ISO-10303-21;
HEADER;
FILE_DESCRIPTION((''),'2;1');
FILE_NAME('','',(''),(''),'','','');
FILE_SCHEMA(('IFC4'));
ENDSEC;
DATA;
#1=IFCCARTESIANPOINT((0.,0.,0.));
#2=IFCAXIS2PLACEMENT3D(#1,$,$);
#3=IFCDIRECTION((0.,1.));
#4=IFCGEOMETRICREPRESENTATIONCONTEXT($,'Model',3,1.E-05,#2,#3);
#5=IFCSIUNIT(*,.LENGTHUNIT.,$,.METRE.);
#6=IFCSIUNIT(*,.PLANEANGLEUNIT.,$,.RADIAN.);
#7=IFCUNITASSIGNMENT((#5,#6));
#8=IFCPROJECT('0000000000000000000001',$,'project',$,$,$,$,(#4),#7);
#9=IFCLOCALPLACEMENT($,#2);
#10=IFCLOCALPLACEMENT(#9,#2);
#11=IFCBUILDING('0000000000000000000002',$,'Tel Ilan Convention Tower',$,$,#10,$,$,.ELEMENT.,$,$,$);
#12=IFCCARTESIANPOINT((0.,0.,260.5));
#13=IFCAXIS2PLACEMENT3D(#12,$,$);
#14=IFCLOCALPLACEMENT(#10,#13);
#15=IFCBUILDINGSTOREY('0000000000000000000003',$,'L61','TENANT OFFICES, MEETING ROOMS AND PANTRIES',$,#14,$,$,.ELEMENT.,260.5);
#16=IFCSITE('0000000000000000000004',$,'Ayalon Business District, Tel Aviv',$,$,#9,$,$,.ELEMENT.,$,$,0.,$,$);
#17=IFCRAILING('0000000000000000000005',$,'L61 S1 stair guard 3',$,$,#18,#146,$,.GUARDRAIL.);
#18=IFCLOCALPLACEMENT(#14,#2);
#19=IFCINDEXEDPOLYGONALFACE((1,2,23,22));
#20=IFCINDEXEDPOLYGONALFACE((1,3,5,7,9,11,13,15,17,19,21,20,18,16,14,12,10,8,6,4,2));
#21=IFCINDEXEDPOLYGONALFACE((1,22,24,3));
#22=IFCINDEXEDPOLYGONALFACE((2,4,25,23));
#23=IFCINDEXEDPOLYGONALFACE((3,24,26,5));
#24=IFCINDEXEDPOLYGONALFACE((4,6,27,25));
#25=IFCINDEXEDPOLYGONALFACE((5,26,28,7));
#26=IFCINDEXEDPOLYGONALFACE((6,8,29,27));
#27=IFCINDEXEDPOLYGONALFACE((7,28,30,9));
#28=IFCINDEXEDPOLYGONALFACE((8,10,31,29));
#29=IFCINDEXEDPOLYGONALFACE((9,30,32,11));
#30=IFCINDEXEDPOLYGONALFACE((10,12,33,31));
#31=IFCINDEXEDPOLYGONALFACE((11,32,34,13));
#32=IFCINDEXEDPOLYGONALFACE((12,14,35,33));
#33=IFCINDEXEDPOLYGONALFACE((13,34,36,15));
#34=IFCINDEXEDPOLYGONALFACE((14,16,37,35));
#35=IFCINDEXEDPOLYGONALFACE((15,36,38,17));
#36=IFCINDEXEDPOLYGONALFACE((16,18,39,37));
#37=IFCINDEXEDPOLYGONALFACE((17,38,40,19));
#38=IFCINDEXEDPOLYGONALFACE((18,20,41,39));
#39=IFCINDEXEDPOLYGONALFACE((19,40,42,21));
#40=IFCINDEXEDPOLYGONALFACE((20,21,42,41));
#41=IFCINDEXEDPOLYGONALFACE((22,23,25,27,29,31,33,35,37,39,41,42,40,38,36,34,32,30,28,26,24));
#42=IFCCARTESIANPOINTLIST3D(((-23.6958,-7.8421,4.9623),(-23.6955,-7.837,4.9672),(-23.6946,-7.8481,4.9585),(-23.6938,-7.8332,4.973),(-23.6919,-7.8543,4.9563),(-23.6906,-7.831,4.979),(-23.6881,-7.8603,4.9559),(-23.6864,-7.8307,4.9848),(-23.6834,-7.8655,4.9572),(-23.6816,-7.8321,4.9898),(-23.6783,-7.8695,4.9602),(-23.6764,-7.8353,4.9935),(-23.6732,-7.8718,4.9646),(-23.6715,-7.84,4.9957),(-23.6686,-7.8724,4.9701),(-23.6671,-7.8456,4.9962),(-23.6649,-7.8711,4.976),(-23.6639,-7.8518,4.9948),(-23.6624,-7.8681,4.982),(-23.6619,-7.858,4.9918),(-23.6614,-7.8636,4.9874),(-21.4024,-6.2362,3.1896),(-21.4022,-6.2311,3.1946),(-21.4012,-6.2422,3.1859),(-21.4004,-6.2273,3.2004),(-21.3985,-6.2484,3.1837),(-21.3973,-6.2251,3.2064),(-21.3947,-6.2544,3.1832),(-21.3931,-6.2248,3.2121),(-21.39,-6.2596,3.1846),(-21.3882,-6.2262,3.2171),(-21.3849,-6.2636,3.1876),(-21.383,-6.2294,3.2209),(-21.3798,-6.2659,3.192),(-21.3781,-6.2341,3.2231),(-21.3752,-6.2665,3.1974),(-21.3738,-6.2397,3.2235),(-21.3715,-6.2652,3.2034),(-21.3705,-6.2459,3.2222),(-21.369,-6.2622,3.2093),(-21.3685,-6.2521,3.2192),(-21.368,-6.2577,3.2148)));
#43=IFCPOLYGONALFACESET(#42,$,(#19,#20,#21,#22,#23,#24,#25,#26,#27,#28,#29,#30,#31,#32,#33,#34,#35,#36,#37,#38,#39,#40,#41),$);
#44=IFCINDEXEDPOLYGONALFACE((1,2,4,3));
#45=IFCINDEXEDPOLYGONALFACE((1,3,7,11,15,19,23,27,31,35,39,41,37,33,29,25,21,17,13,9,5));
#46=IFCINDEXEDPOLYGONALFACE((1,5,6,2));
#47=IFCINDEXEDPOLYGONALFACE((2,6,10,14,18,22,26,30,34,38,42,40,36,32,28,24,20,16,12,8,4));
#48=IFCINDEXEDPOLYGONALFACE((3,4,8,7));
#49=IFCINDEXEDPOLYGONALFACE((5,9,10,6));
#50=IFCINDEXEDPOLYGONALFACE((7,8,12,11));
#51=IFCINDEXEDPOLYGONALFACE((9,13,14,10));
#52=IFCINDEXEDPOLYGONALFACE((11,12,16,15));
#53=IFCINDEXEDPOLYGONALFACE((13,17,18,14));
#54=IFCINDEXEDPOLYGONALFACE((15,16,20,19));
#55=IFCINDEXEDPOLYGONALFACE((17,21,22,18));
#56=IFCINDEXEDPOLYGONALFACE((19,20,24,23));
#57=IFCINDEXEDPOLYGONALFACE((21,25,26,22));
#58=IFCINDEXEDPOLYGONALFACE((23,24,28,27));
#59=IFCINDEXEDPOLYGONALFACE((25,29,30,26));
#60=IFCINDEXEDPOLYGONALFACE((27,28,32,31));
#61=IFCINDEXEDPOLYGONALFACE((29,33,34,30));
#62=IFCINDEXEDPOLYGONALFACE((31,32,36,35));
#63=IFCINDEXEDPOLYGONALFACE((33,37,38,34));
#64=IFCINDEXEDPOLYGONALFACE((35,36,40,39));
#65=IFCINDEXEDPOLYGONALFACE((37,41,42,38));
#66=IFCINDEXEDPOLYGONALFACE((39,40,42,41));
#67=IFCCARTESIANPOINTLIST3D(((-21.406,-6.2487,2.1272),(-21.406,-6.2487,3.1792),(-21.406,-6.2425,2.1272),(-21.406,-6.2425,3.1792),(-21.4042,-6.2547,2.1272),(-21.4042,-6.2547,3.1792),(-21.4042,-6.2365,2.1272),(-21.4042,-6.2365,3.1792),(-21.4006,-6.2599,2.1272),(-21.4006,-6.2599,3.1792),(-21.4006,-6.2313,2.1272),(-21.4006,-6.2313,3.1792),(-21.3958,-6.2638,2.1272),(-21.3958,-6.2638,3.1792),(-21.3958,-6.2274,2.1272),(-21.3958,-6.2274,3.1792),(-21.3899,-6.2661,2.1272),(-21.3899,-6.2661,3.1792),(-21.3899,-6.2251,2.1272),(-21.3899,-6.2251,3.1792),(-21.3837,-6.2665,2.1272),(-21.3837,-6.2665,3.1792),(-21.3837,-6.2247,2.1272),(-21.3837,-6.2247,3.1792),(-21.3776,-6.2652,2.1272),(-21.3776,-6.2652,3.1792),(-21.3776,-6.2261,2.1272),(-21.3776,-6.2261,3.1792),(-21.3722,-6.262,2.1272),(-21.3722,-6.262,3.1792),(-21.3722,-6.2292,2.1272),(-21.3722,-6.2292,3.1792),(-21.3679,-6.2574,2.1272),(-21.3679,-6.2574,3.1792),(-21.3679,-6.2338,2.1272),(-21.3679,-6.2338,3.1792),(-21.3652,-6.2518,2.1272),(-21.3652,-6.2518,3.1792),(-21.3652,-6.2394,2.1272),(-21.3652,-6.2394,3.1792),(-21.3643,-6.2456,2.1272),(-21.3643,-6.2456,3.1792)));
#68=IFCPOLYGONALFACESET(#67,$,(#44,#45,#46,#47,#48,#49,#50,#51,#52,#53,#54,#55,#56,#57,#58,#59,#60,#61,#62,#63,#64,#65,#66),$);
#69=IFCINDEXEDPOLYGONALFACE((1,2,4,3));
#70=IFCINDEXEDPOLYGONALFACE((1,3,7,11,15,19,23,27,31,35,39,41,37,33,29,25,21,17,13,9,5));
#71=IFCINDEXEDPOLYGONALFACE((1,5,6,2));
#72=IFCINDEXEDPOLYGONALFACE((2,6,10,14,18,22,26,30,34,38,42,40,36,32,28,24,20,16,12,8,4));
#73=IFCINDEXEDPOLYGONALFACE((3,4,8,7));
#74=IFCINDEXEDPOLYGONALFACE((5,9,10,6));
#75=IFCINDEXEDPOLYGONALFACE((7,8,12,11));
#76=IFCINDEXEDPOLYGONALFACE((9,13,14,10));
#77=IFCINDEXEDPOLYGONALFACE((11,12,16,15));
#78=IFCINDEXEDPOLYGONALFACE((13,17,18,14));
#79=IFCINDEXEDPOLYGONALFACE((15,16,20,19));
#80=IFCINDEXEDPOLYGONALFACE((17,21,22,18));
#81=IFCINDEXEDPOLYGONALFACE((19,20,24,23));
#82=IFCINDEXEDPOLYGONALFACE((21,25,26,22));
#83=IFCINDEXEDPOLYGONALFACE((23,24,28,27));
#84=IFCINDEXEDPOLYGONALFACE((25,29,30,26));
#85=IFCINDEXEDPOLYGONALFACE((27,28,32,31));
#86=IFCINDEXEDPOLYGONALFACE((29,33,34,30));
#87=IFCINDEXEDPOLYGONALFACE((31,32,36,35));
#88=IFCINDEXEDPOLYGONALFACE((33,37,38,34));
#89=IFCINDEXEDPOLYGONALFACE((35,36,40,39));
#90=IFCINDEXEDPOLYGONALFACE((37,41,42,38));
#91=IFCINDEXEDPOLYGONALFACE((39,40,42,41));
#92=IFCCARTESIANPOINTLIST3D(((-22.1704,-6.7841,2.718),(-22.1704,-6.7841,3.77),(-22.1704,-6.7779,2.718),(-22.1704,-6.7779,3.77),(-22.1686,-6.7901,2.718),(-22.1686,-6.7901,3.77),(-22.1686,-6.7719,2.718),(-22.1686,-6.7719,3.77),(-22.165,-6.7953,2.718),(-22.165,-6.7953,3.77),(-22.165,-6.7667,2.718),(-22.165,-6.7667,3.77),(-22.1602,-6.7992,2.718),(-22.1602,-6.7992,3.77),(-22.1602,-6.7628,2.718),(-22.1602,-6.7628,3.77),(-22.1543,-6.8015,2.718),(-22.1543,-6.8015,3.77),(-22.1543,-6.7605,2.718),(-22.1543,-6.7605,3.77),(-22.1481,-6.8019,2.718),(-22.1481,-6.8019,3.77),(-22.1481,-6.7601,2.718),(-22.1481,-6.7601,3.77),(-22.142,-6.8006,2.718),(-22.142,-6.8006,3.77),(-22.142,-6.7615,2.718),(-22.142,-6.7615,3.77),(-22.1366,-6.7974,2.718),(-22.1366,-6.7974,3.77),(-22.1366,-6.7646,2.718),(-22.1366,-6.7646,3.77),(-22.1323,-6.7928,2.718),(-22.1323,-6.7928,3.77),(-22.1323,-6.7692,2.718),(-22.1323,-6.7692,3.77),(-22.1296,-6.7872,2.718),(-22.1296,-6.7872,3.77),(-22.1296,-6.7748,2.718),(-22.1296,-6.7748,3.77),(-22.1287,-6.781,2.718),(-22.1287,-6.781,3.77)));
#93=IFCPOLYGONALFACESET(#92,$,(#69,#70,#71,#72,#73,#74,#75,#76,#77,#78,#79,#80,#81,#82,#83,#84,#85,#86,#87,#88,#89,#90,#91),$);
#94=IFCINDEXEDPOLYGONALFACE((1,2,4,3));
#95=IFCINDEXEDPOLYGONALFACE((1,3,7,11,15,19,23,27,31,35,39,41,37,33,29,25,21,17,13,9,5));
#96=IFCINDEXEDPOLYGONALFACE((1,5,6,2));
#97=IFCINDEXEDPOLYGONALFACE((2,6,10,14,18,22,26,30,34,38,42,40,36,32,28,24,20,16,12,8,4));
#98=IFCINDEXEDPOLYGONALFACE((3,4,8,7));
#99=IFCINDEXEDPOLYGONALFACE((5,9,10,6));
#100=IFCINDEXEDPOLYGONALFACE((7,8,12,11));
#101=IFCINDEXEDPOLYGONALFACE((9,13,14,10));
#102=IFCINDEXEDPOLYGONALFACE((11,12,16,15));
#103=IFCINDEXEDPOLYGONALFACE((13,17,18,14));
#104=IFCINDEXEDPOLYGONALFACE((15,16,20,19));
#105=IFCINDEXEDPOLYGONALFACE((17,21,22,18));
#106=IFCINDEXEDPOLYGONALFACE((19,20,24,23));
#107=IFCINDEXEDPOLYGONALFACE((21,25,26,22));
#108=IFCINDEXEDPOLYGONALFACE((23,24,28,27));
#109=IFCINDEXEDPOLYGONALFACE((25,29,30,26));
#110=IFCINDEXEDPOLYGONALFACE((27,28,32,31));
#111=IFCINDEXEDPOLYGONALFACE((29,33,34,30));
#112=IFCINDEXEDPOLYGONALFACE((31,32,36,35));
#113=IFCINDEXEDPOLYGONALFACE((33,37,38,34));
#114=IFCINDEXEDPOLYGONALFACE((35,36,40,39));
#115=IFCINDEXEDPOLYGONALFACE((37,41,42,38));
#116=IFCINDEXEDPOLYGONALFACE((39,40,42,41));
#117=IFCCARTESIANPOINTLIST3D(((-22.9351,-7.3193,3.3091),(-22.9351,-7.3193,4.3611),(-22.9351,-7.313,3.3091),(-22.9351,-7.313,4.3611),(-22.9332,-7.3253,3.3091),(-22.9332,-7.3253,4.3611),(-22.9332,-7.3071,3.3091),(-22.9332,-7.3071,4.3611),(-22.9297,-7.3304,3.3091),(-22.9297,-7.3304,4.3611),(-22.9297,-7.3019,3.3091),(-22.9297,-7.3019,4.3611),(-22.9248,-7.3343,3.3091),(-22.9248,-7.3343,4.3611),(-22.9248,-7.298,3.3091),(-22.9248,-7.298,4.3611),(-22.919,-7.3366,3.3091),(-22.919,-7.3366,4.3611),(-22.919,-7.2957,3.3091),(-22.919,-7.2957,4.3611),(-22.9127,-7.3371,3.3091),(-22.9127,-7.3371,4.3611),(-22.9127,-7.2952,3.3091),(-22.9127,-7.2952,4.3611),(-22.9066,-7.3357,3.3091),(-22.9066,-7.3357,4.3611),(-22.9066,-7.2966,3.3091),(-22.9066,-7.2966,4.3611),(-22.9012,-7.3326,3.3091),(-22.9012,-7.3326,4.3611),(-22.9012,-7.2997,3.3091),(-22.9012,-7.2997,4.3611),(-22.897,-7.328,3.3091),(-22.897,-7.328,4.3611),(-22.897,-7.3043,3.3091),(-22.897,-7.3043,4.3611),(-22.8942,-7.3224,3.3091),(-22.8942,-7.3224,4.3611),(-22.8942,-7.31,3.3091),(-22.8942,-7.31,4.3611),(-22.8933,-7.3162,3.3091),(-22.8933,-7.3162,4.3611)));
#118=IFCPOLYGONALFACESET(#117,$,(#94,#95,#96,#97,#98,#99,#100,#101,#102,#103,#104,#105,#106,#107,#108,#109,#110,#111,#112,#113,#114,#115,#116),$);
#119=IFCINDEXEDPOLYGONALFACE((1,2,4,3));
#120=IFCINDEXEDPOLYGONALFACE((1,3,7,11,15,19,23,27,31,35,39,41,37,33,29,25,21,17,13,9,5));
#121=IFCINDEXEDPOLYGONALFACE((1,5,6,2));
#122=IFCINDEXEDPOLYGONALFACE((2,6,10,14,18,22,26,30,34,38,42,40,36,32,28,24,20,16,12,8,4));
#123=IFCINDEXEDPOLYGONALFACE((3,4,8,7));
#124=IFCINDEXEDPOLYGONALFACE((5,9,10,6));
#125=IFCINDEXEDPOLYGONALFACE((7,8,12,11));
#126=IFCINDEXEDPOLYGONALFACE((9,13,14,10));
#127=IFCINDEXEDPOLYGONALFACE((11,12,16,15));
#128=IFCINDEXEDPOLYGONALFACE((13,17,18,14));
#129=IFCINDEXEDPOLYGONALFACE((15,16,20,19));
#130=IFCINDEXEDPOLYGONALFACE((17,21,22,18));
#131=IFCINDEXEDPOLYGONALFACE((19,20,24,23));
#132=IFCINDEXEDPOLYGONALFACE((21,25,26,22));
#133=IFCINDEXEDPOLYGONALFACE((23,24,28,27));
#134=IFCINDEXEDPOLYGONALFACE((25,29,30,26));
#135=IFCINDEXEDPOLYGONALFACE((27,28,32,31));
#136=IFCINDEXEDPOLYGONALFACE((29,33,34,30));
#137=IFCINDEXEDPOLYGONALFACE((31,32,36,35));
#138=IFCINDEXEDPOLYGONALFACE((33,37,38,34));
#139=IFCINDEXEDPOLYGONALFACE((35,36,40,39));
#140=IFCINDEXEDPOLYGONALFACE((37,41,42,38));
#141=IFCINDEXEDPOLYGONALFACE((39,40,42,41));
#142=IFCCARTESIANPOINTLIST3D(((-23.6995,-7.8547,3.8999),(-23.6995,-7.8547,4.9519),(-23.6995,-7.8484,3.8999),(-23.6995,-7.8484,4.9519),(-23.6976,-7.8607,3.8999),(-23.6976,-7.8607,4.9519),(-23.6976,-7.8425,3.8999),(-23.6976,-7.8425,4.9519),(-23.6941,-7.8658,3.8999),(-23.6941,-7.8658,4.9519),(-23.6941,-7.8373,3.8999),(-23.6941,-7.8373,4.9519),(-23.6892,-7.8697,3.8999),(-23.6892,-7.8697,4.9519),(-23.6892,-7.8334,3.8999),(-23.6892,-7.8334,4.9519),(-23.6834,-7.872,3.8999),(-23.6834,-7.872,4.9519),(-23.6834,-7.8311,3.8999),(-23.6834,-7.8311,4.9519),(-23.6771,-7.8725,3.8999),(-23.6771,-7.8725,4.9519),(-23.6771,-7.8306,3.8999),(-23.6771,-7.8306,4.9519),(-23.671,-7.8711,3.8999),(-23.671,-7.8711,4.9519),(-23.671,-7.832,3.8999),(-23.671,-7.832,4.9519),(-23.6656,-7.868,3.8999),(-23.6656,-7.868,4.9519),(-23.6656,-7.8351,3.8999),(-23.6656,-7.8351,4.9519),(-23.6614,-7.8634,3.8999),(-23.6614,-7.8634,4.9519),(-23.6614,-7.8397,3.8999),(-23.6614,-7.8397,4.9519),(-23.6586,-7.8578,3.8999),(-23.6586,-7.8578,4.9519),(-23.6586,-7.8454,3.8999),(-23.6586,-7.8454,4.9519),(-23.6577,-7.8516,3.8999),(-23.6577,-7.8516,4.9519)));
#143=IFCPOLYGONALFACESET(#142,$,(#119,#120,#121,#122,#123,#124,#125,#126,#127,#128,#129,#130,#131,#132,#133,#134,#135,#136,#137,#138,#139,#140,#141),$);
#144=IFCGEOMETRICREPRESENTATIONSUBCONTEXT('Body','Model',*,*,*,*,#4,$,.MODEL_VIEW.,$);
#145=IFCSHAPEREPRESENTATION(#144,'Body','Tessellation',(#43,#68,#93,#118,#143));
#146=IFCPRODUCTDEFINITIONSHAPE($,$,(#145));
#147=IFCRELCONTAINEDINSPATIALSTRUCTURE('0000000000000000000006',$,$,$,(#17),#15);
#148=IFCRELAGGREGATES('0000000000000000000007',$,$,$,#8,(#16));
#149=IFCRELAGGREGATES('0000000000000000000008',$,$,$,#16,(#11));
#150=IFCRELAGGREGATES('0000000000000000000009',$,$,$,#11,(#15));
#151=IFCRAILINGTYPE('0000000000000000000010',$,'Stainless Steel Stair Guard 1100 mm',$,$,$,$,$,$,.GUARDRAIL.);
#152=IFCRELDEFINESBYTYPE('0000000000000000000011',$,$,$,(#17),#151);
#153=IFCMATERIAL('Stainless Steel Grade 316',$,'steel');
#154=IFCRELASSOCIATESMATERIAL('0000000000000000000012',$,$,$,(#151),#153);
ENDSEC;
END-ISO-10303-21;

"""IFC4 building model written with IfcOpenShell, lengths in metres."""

from ifc_helpers import new_model, si_unit, direction, frame, origin, origin_2d, place, context, subcontext, project, spatial, circle, extrude, material, type_object, element, save


model = new_model("IFC4")

# Units and contexts
model_context = context("Model", 3, precision=1e-05, world=origin(), true_north=direction((0.0, 1.0)))
body_context = subcontext(model_context, "Body", "Model", "MODEL_VIEW")
ifc_project = project(units=[si_unit("LENGTHUNIT", "METRE"), si_unit("PLANEANGLEUNIT", "RADIAN")], contexts=[model_context])

# Site, building, storey
site_placement = place(None, origin())
site = spatial("IfcSite", under=ifc_project, at=site_placement, Name="Ayalon Business District, Tel Aviv", CompositionType="ELEMENT", RefElevation=0.0)
building_placement = place(site_placement, origin())
building = spatial("IfcBuilding", under=site, at=building_placement, Name="Tel Ilan Convention Tower", CompositionType="ELEMENT")
storey_placement = place(building_placement, frame((0.0, 0.0, 260.5)))
storey = spatial("IfcBuildingStorey", under=building, at=storey_placement, Name="L61", Description="TENANT OFFICES, MEETING ROOMS AND PANTRIES", CompositionType="ELEMENT", Elevation=260.5)

# Railing
ifc_material_1 = material(Name="Stainless Steel Grade 316", Category="steel")
railing_type_1 = type_object("IfcRailingType", Name="Stainless Steel Stair Guard 1100 mm", PredefinedType="GUARDRAIL", material=ifc_material_1)
railing_1_placement = place(storey_placement, frame((-21.3853, -6.2456, 2.1272)))
element("IfcRailing", 1, at=railing_1_placement, inside=storey, type_object=railing_type_1, Name="L61 S1 stair guard 3", PredefinedType="GUARDRAIL", context=body_context, shape_type="SweptSolid", body=[
    extrude(circle(Radius=0.0239, at=origin_2d()), frame((0.0, 0.0, 1.0762), z_axis=(-0.692085, -0.484621, 0.53494), x_axis=(0.573591, -0.819142, 0.0)), (0.0, 0.0, 1.0), 3.3137),
    extrude(circle(Radius=0.021, at=origin_2d()), origin(), (0.0, 0.0, 1.0), 1.052),
    extrude(circle(Radius=0.021, at=origin_2d()), frame((-0.7644, -0.5354, 0.5908)), (0.0, 0.0, 1.0), 1.052),
    extrude(circle(Radius=0.021, at=origin_2d()), frame((-1.5291, -1.0706, 1.1819)), (0.0, 0.0, 1.0), 1.052),
    extrude(circle(Radius=0.021, at=origin_2d()), frame((-2.2935, -1.606, 1.7727)), (0.0, 0.0, 1.0), 1.052),
])

save(model, "model.ifc")
